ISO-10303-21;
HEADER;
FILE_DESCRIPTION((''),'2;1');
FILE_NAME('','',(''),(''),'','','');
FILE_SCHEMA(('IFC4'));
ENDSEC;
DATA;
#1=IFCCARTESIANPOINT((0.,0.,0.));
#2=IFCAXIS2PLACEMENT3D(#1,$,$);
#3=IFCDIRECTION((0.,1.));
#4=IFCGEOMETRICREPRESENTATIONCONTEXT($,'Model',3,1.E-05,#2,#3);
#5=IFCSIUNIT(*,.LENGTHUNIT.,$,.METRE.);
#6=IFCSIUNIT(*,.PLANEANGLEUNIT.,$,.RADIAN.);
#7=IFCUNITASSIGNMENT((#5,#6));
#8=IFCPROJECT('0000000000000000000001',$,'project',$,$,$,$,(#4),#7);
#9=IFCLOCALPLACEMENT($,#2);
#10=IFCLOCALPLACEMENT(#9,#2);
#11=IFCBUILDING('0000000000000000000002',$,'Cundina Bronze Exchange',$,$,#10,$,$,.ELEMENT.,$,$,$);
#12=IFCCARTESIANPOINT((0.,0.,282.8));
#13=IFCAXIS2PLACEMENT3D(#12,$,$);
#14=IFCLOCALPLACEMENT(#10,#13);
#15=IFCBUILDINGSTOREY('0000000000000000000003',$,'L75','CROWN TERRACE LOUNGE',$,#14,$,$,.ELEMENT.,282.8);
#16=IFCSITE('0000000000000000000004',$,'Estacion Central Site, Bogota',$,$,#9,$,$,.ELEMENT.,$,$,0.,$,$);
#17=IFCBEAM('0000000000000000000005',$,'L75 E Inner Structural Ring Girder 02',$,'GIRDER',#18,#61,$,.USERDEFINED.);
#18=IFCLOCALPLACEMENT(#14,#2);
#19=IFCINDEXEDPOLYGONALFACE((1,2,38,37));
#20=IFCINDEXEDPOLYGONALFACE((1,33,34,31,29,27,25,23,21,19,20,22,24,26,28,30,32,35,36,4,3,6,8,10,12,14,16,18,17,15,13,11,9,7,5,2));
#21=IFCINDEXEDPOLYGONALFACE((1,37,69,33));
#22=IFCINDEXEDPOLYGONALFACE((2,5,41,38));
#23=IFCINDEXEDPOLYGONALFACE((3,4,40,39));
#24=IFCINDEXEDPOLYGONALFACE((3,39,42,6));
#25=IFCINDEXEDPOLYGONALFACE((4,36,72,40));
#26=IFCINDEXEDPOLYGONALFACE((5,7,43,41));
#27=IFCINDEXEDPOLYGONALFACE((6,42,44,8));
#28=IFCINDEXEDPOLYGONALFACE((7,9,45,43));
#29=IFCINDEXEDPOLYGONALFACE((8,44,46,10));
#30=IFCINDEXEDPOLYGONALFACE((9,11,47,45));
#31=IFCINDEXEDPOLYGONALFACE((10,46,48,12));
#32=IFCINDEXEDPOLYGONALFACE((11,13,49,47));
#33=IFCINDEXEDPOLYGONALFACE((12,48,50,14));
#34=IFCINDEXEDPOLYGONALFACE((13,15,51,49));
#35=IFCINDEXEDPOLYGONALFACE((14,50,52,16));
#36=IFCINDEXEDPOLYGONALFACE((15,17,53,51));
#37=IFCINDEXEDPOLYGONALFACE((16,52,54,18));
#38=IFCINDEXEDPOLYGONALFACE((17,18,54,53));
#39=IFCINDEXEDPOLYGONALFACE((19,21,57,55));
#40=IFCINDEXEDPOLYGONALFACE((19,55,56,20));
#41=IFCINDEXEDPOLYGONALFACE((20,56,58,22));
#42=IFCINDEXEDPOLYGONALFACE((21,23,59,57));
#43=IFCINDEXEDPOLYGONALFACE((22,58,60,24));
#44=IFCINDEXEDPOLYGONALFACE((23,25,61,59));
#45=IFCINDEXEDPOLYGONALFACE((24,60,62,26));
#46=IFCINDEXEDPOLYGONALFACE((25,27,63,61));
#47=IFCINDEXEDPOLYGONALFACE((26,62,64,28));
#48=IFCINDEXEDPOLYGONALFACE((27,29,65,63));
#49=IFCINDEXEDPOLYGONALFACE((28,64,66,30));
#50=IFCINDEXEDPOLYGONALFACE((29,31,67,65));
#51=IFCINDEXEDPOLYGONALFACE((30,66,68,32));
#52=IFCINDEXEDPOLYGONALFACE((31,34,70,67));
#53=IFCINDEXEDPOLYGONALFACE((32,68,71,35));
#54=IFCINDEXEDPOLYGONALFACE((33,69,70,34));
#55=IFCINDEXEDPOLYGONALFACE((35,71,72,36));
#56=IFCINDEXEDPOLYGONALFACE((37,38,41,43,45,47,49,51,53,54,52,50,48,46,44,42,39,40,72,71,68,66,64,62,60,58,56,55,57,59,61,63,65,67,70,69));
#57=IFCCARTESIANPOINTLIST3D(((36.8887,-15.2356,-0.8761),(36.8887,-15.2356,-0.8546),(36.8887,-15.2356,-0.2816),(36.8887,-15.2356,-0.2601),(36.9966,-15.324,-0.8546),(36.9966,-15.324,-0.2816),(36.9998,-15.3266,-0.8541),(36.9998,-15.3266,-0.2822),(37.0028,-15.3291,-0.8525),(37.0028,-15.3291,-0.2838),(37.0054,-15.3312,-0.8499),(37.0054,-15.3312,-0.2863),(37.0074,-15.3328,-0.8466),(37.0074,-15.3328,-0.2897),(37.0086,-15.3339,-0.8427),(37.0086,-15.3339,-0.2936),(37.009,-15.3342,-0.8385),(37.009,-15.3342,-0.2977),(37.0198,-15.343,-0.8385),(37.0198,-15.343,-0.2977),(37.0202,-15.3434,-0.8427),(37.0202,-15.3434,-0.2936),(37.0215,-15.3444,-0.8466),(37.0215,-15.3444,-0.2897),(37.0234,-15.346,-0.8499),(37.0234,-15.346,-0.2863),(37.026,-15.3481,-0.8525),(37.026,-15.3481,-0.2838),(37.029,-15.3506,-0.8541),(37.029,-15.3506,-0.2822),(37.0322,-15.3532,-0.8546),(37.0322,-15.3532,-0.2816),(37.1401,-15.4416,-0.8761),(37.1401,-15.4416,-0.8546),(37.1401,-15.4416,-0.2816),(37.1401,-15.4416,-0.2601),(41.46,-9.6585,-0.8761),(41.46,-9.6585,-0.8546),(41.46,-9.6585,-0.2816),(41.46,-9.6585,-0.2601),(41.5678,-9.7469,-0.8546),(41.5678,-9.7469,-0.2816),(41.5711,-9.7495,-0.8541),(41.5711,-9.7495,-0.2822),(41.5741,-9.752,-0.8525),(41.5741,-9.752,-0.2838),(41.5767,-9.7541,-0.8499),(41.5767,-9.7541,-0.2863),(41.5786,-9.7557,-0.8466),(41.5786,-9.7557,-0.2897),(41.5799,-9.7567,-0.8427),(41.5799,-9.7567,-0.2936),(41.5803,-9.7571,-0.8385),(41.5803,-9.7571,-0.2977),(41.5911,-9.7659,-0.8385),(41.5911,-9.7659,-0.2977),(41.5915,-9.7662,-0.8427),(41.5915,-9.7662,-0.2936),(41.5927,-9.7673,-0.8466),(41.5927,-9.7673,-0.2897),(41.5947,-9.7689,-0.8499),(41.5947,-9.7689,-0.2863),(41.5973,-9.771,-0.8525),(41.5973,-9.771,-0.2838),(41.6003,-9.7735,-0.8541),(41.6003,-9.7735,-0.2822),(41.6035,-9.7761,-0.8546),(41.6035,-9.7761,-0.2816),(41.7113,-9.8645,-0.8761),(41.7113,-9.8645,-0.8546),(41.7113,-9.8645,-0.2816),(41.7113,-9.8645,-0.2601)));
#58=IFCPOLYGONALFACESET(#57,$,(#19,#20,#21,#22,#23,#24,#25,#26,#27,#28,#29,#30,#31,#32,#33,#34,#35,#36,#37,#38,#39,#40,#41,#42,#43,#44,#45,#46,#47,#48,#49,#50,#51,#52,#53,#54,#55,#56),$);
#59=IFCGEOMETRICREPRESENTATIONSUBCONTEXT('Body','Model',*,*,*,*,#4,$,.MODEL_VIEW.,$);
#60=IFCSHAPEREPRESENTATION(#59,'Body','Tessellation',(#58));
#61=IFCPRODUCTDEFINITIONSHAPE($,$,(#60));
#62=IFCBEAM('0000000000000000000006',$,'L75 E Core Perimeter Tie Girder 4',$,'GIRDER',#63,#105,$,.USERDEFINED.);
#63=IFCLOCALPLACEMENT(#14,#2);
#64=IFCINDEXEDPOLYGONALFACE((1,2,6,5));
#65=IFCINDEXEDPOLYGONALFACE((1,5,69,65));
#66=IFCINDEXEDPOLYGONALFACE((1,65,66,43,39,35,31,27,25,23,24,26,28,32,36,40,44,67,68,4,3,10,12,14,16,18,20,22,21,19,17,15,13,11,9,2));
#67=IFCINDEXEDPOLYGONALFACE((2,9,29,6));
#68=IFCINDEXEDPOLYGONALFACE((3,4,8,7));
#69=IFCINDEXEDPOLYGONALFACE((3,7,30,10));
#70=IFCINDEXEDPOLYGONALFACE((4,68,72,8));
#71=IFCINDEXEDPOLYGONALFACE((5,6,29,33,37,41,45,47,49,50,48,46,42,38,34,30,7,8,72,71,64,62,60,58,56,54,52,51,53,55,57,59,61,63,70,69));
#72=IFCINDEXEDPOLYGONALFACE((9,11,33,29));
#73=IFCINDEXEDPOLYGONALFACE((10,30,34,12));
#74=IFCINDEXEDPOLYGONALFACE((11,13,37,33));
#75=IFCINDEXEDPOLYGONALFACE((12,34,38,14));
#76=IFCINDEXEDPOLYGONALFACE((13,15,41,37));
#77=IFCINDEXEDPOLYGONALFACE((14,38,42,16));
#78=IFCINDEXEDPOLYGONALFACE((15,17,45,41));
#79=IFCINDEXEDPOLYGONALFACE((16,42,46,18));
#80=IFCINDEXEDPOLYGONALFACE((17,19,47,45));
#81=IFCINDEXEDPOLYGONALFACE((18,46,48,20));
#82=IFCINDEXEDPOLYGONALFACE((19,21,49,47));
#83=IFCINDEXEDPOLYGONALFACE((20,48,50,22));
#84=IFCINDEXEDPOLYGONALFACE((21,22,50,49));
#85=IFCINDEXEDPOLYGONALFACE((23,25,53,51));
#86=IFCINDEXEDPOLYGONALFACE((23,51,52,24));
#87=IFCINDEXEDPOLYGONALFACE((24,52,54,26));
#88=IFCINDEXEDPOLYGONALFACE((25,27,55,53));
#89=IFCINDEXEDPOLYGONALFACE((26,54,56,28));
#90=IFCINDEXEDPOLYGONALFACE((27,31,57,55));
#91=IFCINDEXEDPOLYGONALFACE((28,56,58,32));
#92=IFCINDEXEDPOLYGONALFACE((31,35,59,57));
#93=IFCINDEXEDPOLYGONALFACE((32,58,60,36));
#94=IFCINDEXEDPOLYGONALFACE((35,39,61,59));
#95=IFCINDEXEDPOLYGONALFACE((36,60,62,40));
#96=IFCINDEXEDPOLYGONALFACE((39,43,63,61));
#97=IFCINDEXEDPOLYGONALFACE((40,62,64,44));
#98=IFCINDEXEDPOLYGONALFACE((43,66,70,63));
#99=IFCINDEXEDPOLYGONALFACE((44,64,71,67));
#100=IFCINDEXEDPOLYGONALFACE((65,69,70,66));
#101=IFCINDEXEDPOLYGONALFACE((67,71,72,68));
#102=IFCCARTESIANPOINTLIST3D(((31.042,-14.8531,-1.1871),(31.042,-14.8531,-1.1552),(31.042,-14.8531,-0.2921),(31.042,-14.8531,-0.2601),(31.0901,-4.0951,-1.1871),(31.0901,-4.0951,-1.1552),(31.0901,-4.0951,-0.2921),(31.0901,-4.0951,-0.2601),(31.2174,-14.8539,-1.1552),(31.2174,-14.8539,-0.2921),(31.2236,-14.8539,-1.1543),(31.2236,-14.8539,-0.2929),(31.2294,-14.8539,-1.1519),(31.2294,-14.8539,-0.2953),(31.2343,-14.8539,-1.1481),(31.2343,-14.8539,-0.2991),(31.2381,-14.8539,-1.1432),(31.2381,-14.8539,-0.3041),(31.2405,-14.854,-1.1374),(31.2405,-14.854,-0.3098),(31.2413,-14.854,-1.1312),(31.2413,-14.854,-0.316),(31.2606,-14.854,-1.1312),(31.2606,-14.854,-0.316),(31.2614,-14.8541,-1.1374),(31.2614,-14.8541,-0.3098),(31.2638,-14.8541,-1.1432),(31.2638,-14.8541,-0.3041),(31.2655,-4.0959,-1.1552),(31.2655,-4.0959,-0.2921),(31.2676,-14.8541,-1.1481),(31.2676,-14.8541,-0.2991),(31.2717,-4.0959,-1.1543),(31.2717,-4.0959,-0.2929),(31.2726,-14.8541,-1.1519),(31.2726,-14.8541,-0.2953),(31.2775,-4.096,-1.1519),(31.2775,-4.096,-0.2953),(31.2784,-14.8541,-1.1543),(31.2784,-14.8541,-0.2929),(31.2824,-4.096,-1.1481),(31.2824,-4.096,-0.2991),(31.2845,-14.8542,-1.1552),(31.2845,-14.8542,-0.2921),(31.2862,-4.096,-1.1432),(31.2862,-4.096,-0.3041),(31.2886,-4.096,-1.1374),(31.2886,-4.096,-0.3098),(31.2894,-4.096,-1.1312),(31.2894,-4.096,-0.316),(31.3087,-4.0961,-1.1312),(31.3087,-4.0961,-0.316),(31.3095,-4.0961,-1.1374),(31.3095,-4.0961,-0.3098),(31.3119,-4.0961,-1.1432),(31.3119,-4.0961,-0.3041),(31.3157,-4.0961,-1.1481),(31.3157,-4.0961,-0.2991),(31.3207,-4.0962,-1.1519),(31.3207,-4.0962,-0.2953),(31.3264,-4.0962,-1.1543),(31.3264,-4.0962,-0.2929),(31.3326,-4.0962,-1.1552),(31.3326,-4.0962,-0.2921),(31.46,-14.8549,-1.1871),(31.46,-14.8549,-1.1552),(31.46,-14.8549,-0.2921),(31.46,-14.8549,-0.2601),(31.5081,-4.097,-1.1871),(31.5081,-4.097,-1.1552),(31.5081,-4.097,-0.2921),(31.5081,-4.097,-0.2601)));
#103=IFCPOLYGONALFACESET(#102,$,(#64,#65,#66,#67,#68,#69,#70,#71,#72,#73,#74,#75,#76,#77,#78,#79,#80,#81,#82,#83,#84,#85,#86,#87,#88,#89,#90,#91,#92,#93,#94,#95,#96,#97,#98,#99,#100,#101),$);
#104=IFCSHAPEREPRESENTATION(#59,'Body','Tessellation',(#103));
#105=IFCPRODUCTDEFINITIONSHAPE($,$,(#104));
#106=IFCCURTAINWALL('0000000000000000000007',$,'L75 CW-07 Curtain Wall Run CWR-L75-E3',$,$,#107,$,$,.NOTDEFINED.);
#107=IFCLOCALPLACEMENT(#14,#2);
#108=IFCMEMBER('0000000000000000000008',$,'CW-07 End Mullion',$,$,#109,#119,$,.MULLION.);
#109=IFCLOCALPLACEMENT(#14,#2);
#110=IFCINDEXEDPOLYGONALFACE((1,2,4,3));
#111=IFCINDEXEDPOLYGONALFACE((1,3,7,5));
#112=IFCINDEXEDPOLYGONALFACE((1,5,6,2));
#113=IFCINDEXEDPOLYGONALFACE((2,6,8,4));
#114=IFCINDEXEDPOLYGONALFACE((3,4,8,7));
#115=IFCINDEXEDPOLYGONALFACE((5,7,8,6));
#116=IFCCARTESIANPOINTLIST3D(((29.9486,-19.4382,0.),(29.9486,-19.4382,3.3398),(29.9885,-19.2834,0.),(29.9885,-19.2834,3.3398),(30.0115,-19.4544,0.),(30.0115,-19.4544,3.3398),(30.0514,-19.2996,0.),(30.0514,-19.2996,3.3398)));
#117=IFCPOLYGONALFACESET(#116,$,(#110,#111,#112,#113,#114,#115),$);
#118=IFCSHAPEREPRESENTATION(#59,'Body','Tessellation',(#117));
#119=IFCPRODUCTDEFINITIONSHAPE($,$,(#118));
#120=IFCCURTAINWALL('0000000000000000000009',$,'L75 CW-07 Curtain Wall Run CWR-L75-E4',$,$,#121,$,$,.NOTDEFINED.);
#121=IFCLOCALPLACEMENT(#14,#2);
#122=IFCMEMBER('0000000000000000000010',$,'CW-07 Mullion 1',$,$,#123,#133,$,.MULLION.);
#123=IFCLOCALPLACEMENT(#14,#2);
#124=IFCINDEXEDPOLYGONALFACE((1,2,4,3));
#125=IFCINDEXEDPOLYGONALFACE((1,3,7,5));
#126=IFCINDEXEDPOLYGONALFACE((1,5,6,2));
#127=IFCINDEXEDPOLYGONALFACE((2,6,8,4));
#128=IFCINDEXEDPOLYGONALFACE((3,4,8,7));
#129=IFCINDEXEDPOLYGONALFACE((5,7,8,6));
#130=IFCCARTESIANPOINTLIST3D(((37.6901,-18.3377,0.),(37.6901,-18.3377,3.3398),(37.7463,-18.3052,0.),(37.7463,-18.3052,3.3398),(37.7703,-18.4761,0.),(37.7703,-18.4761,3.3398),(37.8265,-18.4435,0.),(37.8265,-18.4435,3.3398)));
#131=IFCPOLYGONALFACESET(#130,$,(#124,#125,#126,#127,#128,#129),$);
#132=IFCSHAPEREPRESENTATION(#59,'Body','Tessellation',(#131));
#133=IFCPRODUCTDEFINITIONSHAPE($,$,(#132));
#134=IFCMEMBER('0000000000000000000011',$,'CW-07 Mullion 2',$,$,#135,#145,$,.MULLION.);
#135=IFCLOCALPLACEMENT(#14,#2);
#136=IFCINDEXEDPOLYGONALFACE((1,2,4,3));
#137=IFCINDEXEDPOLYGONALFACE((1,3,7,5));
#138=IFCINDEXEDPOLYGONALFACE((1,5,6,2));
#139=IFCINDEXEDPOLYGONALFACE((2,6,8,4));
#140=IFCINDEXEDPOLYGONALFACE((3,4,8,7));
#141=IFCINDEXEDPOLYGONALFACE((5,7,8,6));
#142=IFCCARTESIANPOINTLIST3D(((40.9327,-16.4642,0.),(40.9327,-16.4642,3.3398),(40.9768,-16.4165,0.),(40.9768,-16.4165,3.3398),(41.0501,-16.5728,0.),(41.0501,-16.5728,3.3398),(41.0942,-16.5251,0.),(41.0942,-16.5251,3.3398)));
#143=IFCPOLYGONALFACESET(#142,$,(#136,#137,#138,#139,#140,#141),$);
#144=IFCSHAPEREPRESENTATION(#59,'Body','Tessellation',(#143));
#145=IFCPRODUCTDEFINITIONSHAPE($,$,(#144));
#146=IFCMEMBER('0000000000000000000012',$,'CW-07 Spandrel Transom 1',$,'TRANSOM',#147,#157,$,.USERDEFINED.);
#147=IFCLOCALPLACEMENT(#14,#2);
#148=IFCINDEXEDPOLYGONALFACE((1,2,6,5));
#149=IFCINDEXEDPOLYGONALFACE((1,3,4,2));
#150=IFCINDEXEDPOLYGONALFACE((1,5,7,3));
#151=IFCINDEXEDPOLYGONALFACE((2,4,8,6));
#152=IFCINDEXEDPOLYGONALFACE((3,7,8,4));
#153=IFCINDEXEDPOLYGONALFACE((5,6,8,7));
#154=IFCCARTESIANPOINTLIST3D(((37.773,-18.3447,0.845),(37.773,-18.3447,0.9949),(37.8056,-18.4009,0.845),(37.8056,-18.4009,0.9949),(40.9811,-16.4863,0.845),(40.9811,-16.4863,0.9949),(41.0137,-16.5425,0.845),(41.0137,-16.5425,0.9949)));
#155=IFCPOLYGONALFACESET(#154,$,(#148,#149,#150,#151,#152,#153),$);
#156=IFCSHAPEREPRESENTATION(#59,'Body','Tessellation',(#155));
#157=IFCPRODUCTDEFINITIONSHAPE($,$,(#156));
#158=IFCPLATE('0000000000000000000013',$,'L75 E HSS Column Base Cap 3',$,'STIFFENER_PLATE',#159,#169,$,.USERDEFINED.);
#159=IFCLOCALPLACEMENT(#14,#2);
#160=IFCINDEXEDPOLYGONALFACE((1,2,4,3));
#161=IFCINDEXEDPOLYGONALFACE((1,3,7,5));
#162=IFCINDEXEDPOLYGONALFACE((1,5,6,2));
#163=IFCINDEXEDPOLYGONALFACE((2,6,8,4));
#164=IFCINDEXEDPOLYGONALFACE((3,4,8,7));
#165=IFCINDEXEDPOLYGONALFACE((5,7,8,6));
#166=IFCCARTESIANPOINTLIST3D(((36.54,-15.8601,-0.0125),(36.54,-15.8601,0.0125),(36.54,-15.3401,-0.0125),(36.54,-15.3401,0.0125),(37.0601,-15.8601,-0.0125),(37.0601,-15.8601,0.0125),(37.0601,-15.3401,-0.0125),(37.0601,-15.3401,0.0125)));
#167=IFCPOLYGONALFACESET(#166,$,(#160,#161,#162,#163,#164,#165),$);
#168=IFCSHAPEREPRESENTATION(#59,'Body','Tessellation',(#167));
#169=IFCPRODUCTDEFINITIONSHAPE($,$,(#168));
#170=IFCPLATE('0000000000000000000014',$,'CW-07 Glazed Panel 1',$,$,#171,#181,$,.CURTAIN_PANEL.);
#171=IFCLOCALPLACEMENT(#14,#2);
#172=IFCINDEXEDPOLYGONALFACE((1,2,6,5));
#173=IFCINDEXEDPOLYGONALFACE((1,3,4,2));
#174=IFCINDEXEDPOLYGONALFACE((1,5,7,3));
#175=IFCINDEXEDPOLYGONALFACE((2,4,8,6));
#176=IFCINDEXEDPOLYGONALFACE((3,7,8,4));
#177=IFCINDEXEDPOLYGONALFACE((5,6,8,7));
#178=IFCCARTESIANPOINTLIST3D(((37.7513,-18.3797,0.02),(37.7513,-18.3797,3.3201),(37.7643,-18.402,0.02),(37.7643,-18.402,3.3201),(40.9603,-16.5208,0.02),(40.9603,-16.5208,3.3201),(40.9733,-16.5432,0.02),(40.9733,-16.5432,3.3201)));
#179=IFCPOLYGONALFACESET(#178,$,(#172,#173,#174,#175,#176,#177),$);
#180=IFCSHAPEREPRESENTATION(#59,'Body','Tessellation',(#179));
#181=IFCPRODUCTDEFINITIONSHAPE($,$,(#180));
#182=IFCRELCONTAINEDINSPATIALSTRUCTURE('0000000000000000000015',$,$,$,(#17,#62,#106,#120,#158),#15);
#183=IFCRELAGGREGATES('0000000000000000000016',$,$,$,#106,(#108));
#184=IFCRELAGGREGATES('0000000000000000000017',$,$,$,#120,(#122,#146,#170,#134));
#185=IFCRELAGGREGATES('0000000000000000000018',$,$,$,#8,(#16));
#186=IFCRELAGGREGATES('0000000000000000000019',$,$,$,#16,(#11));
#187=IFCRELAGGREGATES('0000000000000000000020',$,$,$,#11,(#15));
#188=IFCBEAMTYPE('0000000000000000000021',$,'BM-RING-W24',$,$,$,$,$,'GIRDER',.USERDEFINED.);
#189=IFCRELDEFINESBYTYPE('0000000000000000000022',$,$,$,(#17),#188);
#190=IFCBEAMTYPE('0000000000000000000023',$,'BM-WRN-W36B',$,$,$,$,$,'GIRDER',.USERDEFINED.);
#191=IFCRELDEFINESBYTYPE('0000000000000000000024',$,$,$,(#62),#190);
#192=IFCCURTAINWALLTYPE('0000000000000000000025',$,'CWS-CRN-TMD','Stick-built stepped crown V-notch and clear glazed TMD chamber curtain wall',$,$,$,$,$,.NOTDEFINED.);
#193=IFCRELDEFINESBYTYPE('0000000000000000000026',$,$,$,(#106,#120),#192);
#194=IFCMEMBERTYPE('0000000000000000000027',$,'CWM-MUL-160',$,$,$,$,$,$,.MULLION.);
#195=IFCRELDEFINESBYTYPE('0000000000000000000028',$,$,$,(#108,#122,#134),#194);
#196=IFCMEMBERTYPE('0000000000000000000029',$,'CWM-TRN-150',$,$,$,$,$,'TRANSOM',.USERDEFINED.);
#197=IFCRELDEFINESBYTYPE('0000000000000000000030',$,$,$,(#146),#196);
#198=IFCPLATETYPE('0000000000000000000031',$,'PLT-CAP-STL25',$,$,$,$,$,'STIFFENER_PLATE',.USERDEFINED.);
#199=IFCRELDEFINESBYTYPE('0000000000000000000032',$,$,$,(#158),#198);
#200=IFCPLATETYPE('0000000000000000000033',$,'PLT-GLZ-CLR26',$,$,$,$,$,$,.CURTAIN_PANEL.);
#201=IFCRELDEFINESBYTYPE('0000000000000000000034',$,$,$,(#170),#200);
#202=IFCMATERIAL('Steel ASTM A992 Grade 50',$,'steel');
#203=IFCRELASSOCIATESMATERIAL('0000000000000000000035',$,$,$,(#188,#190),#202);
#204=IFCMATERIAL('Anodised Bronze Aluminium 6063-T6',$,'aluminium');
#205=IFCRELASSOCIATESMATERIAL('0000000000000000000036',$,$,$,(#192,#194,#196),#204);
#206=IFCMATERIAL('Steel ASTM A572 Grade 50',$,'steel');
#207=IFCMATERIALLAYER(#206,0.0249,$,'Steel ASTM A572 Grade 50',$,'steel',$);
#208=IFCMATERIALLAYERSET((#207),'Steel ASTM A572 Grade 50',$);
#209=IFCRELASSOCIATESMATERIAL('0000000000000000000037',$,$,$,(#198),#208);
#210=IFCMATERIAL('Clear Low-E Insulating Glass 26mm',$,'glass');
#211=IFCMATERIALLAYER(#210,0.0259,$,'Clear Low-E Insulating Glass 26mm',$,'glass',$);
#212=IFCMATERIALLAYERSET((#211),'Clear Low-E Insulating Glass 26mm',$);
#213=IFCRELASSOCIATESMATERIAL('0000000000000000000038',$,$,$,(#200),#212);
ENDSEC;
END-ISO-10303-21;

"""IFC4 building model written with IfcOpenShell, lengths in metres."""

from ifc_helpers import new_model, si_unit, direction, frame, origin, origin_2d, place, context, subcontext, project, spatial, rectangle, i_section, extrude, material, layer, layer_set, material_profile, profile_set, type_object, element, aggregate, save


model = new_model("IFC4")

# Units and contexts
model_context = context("Model", 3, precision=1e-05, world=origin(), true_north=direction((0.0, 1.0)))
body_context = subcontext(model_context, "Body", "Model", "MODEL_VIEW")
ifc_project = project(units=[si_unit("LENGTHUNIT", "METRE"), si_unit("PLANEANGLEUNIT", "RADIAN")], contexts=[model_context])

# Site, building, storey
site_placement = place(None, origin())
site = spatial("IfcSite", under=ifc_project, at=site_placement, Name="Estacion Central Site, Bogota", CompositionType="ELEMENT", RefElevation=0.0)
building_placement = place(site_placement, origin())
building = spatial("IfcBuilding", under=site, at=building_placement, Name="Cundina Bronze Exchange", CompositionType="ELEMENT")
storey_placement = place(building_placement, frame((0.0, 0.0, 282.8)))
storey = spatial("IfcBuildingStorey", under=building, at=storey_placement, Name="L75", Description="CROWN TERRACE LOUNGE", CompositionType="ELEMENT", Elevation=282.8)

# Shared definitions
ifc_material_1 = material(Name="Steel ASTM A992 Grade 50", Category="steel")

# Beams
ifc_material_profile_1 = material_profile(ifc_material_1, i_section(OverallWidth=0.325, OverallDepth=0.616, WebThickness=0.0139, FlangeThickness=0.0215, FilletRadius=0.0161, at=origin_2d()), Name="W24X117", Category="steel")
ifc_profile_set_1 = profile_set([ifc_material_profile_1], Name="Steel ASTM A992 Grade 50")
beam_type_1 = type_object("IfcBeamType", Name="BM-RING-W24", ElementType="GIRDER", PredefinedType="USERDEFINED", material=ifc_profile_set_1)
beam_1_placement = place(storey_placement, frame((37.0144, -15.3386, -0.5681), z_axis=(0.633916, 0.773402, 0.0), x_axis=(-0.773402, 0.633916, 0.0)))
element("IfcBeam", 1, at=beam_1_placement, inside=storey, type_object=beam_type_1, Name="L75 E Inner Structural Ring Girder 02", ObjectType="GIRDER", PredefinedType="USERDEFINED", context=body_context, shape_type="SweptSolid", body=[
    extrude(i_section(OverallWidth=0.325, OverallDepth=0.616, WebThickness=0.0139, FlangeThickness=0.0215, FilletRadius=0.0161, at=origin_2d()), origin(), (0.0, 0.0, 1.0), 7.2112),
])
ifc_material_profile_2 = material_profile(ifc_material_1, i_section(OverallWidth=0.418, OverallDepth=0.927, WebThickness=0.0193, FlangeThickness=0.032, FilletRadius=0.0239, at=origin_2d()), Name="W36X231", Category="steel")
ifc_profile_set_2 = profile_set([ifc_material_profile_2], Name="Steel ASTM A992 Grade 50")
beam_type_2 = type_object("IfcBeamType", Name="BM-WRN-W36B", ElementType="GIRDER", PredefinedType="USERDEFINED", material=ifc_profile_set_2)
beam_2_placement = place(storey_placement, frame((31.251, -14.854, -0.7236), z_axis=(0.004471, 0.99999, 0.0), x_axis=(-0.99999, 0.004471, 0.0)))
element("IfcBeam", 2, at=beam_2_placement, inside=storey, type_object=beam_type_2, Name="L75 E Core Perimeter Tie Girder 4", ObjectType="GIRDER", PredefinedType="USERDEFINED", context=body_context, shape_type="SweptSolid", body=[
    extrude(i_section(OverallWidth=0.418, OverallDepth=0.927, WebThickness=0.0193, FlangeThickness=0.032, FilletRadius=0.0239, at=origin_2d()), origin(), (0.0, 0.0, 1.0), 10.7581),
])

# Curtain wall, member
ifc_material_2 = material(Name="Anodised Bronze Aluminium 6063-T6", Category="aluminium")
curtain_wall_type = type_object("IfcCurtainWallType", Name="CWS-CRN-TMD", Description="Stick-built stepped crown V-notch and clear glazed TMD chamber curtain wall", PredefinedType="NOTDEFINED", material=ifc_material_2)
curtain_wall_1_placement = place(storey_placement, origin())
curtain_wall_1 = element("IfcCurtainWall", 3, at=curtain_wall_1_placement, inside=storey, type_object=curtain_wall_type, Name="L75 CW-07 Curtain Wall Run CWR-L75-E3", PredefinedType="NOTDEFINED")
ifc_material_profile_3 = material_profile(ifc_material_2, rectangle(XDim=0.0649, YDim=0.1599, at=origin_2d()), Name="AL65X160", Category="aluminium")
ifc_profile_set_3 = profile_set([ifc_material_profile_3], Name="Anodised Bronze Aluminium 6063-T6")
member_type_1 = type_object("IfcMemberType", Name="CWM-MUL-160", PredefinedType="MULLION", material=ifc_profile_set_3)
member_1_placement = place(storey_placement, frame((30.0, -19.3689, 0.0), z_axis=(0.0, 0.0, 1.0), x_axis=(0.968322, -0.249704, 0.0)))
member_1 = element("IfcMember", 4, at=member_1_placement, type_object=member_type_1, Name="CW-07 End Mullion", PredefinedType="MULLION", context=body_context, shape_type="SweptSolid", body=[
    extrude(rectangle(XDim=0.0649, YDim=0.1599, at=origin_2d()), origin(), (0.0, 0.0, 1.0), 3.3398),
])
aggregate(curtain_wall_1, [member_1])

# Curtain wall, members
curtain_wall_2_placement = place(storey_placement, origin())
curtain_wall_2 = element("IfcCurtainWall", 5, at=curtain_wall_2_placement, inside=storey, type_object=curtain_wall_type, Name="L75 CW-07 Curtain Wall Run CWR-L75-E4", PredefinedType="NOTDEFINED")
member_2_placement = place(storey_placement, frame((37.7583, -18.3906, 0.0), z_axis=(0.0, 0.0, 1.0), x_axis=(0.865326, 0.501209, 0.0)))
member_2 = element("IfcMember", 6, at=member_2_placement, type_object=member_type_1, Name="CW-07 Mullion 1", PredefinedType="MULLION", context=body_context, shape_type="SweptSolid", body=[
    extrude(rectangle(XDim=0.0649, YDim=0.1599, at=origin_2d()), origin(), (0.0, 0.0, 1.0), 3.3398),
])
member_3_placement = place(storey_placement, frame((41.0134, -16.4946, 0.0), z_axis=(0.0, 0.0, 1.0), x_axis=(0.679057, 0.734086, 0.0)))
member_3 = element("IfcMember", 7, at=member_3_placement, type_object=member_type_1, Name="CW-07 Mullion 2", PredefinedType="MULLION", context=body_context, shape_type="SweptSolid", body=[
    extrude(rectangle(XDim=0.0649, YDim=0.1599, at=origin_2d()), origin(), (0.0, 0.0, 1.0), 3.3398),
])
ifc_material_profile_4 = material_profile(ifc_material_2, rectangle(XDim=0.0649, YDim=0.1499, at=origin_2d()), Name="AL65X150", Category="aluminium")
ifc_profile_set_4 = profile_set([ifc_material_profile_4], Name="Anodised Bronze Aluminium 6063-T6")
member_type_2 = type_object("IfcMemberType", Name="CWM-TRN-150", ElementType="TRANSOM", PredefinedType="USERDEFINED", material=ifc_profile_set_4)
member_4_placement = place(storey_placement, frame((37.7893, -18.3728, 0.9199), z_axis=(0.865294, 0.501265, 0.0), x_axis=(-0.501265, 0.865294, 0.0)))
member_4 = element("IfcMember", 8, at=member_4_placement, type_object=member_type_2, Name="CW-07 Spandrel Transom 1", ObjectType="TRANSOM", PredefinedType="USERDEFINED", context=body_context, shape_type="SweptSolid", body=[
    extrude(rectangle(XDim=0.0649, YDim=0.1499, at=origin_2d()), origin(), (0.0, 0.0, 1.0), 3.7075),
])

# Plates
ifc_material_3 = material(Name="Steel ASTM A572 Grade 50", Category="steel")
ifc_layer_1 = layer(ifc_material_3, 0.0249, Name="Steel ASTM A572 Grade 50", Category="steel")
ifc_layer_set_1 = layer_set([ifc_layer_1], Name="Steel ASTM A572 Grade 50")
plate_type_1 = type_object("IfcPlateType", Name="PLT-CAP-STL25", ElementType="STIFFENER_PLATE", PredefinedType="USERDEFINED", material=ifc_layer_set_1)
plate_1_placement = place(storey_placement, frame((36.8, -15.6001, -0.0125), z_axis=(0.0, 0.0, 1.0), x_axis=(1.0, 0.0, 0.0)))
element("IfcPlate", 9, at=plate_1_placement, inside=storey, type_object=plate_type_1, Name="L75 E HSS Column Base Cap 3", ObjectType="STIFFENER_PLATE", PredefinedType="USERDEFINED", context=body_context, shape_type="SweptSolid", body=[
    extrude(rectangle(XDim=0.52, YDim=0.52, at=origin_2d()), origin(), (0.0, 0.0, 1.0), 0.0249),
])
ifc_material_4 = material(Name="Clear Low-E Insulating Glass 26mm", Category="glass")
ifc_layer_2 = layer(ifc_material_4, 0.0259, Name="Clear Low-E Insulating Glass 26mm", Category="glass")
ifc_layer_set_2 = layer_set([ifc_layer_2], Name="Clear Low-E Insulating Glass 26mm")
plate_type_2 = type_object("IfcPlateType", Name="PLT-GLZ-CLR26", PredefinedType="CURTAIN_PANEL", material=ifc_layer_set_2)
plate_2_placement = place(storey_placement, frame((39.3623, -17.4614, 0.02), z_axis=(0.0, 0.0, 1.0), x_axis=(0.865309, 0.501239, 0.0)))
plate_2 = element("IfcPlate", 10, at=plate_2_placement, type_object=plate_type_2, Name="CW-07 Glazed Panel 1", PredefinedType="CURTAIN_PANEL", context=body_context, shape_type="SweptSolid", body=[
    extrude(rectangle(XDim=3.7085, YDim=0.0259, at=origin_2d()), origin(), (0.0, 0.0, 1.0), 3.3),
])
aggregate(curtain_wall_2, [member_2, member_4, plate_2, member_3])

save(model, "model.ifc")
